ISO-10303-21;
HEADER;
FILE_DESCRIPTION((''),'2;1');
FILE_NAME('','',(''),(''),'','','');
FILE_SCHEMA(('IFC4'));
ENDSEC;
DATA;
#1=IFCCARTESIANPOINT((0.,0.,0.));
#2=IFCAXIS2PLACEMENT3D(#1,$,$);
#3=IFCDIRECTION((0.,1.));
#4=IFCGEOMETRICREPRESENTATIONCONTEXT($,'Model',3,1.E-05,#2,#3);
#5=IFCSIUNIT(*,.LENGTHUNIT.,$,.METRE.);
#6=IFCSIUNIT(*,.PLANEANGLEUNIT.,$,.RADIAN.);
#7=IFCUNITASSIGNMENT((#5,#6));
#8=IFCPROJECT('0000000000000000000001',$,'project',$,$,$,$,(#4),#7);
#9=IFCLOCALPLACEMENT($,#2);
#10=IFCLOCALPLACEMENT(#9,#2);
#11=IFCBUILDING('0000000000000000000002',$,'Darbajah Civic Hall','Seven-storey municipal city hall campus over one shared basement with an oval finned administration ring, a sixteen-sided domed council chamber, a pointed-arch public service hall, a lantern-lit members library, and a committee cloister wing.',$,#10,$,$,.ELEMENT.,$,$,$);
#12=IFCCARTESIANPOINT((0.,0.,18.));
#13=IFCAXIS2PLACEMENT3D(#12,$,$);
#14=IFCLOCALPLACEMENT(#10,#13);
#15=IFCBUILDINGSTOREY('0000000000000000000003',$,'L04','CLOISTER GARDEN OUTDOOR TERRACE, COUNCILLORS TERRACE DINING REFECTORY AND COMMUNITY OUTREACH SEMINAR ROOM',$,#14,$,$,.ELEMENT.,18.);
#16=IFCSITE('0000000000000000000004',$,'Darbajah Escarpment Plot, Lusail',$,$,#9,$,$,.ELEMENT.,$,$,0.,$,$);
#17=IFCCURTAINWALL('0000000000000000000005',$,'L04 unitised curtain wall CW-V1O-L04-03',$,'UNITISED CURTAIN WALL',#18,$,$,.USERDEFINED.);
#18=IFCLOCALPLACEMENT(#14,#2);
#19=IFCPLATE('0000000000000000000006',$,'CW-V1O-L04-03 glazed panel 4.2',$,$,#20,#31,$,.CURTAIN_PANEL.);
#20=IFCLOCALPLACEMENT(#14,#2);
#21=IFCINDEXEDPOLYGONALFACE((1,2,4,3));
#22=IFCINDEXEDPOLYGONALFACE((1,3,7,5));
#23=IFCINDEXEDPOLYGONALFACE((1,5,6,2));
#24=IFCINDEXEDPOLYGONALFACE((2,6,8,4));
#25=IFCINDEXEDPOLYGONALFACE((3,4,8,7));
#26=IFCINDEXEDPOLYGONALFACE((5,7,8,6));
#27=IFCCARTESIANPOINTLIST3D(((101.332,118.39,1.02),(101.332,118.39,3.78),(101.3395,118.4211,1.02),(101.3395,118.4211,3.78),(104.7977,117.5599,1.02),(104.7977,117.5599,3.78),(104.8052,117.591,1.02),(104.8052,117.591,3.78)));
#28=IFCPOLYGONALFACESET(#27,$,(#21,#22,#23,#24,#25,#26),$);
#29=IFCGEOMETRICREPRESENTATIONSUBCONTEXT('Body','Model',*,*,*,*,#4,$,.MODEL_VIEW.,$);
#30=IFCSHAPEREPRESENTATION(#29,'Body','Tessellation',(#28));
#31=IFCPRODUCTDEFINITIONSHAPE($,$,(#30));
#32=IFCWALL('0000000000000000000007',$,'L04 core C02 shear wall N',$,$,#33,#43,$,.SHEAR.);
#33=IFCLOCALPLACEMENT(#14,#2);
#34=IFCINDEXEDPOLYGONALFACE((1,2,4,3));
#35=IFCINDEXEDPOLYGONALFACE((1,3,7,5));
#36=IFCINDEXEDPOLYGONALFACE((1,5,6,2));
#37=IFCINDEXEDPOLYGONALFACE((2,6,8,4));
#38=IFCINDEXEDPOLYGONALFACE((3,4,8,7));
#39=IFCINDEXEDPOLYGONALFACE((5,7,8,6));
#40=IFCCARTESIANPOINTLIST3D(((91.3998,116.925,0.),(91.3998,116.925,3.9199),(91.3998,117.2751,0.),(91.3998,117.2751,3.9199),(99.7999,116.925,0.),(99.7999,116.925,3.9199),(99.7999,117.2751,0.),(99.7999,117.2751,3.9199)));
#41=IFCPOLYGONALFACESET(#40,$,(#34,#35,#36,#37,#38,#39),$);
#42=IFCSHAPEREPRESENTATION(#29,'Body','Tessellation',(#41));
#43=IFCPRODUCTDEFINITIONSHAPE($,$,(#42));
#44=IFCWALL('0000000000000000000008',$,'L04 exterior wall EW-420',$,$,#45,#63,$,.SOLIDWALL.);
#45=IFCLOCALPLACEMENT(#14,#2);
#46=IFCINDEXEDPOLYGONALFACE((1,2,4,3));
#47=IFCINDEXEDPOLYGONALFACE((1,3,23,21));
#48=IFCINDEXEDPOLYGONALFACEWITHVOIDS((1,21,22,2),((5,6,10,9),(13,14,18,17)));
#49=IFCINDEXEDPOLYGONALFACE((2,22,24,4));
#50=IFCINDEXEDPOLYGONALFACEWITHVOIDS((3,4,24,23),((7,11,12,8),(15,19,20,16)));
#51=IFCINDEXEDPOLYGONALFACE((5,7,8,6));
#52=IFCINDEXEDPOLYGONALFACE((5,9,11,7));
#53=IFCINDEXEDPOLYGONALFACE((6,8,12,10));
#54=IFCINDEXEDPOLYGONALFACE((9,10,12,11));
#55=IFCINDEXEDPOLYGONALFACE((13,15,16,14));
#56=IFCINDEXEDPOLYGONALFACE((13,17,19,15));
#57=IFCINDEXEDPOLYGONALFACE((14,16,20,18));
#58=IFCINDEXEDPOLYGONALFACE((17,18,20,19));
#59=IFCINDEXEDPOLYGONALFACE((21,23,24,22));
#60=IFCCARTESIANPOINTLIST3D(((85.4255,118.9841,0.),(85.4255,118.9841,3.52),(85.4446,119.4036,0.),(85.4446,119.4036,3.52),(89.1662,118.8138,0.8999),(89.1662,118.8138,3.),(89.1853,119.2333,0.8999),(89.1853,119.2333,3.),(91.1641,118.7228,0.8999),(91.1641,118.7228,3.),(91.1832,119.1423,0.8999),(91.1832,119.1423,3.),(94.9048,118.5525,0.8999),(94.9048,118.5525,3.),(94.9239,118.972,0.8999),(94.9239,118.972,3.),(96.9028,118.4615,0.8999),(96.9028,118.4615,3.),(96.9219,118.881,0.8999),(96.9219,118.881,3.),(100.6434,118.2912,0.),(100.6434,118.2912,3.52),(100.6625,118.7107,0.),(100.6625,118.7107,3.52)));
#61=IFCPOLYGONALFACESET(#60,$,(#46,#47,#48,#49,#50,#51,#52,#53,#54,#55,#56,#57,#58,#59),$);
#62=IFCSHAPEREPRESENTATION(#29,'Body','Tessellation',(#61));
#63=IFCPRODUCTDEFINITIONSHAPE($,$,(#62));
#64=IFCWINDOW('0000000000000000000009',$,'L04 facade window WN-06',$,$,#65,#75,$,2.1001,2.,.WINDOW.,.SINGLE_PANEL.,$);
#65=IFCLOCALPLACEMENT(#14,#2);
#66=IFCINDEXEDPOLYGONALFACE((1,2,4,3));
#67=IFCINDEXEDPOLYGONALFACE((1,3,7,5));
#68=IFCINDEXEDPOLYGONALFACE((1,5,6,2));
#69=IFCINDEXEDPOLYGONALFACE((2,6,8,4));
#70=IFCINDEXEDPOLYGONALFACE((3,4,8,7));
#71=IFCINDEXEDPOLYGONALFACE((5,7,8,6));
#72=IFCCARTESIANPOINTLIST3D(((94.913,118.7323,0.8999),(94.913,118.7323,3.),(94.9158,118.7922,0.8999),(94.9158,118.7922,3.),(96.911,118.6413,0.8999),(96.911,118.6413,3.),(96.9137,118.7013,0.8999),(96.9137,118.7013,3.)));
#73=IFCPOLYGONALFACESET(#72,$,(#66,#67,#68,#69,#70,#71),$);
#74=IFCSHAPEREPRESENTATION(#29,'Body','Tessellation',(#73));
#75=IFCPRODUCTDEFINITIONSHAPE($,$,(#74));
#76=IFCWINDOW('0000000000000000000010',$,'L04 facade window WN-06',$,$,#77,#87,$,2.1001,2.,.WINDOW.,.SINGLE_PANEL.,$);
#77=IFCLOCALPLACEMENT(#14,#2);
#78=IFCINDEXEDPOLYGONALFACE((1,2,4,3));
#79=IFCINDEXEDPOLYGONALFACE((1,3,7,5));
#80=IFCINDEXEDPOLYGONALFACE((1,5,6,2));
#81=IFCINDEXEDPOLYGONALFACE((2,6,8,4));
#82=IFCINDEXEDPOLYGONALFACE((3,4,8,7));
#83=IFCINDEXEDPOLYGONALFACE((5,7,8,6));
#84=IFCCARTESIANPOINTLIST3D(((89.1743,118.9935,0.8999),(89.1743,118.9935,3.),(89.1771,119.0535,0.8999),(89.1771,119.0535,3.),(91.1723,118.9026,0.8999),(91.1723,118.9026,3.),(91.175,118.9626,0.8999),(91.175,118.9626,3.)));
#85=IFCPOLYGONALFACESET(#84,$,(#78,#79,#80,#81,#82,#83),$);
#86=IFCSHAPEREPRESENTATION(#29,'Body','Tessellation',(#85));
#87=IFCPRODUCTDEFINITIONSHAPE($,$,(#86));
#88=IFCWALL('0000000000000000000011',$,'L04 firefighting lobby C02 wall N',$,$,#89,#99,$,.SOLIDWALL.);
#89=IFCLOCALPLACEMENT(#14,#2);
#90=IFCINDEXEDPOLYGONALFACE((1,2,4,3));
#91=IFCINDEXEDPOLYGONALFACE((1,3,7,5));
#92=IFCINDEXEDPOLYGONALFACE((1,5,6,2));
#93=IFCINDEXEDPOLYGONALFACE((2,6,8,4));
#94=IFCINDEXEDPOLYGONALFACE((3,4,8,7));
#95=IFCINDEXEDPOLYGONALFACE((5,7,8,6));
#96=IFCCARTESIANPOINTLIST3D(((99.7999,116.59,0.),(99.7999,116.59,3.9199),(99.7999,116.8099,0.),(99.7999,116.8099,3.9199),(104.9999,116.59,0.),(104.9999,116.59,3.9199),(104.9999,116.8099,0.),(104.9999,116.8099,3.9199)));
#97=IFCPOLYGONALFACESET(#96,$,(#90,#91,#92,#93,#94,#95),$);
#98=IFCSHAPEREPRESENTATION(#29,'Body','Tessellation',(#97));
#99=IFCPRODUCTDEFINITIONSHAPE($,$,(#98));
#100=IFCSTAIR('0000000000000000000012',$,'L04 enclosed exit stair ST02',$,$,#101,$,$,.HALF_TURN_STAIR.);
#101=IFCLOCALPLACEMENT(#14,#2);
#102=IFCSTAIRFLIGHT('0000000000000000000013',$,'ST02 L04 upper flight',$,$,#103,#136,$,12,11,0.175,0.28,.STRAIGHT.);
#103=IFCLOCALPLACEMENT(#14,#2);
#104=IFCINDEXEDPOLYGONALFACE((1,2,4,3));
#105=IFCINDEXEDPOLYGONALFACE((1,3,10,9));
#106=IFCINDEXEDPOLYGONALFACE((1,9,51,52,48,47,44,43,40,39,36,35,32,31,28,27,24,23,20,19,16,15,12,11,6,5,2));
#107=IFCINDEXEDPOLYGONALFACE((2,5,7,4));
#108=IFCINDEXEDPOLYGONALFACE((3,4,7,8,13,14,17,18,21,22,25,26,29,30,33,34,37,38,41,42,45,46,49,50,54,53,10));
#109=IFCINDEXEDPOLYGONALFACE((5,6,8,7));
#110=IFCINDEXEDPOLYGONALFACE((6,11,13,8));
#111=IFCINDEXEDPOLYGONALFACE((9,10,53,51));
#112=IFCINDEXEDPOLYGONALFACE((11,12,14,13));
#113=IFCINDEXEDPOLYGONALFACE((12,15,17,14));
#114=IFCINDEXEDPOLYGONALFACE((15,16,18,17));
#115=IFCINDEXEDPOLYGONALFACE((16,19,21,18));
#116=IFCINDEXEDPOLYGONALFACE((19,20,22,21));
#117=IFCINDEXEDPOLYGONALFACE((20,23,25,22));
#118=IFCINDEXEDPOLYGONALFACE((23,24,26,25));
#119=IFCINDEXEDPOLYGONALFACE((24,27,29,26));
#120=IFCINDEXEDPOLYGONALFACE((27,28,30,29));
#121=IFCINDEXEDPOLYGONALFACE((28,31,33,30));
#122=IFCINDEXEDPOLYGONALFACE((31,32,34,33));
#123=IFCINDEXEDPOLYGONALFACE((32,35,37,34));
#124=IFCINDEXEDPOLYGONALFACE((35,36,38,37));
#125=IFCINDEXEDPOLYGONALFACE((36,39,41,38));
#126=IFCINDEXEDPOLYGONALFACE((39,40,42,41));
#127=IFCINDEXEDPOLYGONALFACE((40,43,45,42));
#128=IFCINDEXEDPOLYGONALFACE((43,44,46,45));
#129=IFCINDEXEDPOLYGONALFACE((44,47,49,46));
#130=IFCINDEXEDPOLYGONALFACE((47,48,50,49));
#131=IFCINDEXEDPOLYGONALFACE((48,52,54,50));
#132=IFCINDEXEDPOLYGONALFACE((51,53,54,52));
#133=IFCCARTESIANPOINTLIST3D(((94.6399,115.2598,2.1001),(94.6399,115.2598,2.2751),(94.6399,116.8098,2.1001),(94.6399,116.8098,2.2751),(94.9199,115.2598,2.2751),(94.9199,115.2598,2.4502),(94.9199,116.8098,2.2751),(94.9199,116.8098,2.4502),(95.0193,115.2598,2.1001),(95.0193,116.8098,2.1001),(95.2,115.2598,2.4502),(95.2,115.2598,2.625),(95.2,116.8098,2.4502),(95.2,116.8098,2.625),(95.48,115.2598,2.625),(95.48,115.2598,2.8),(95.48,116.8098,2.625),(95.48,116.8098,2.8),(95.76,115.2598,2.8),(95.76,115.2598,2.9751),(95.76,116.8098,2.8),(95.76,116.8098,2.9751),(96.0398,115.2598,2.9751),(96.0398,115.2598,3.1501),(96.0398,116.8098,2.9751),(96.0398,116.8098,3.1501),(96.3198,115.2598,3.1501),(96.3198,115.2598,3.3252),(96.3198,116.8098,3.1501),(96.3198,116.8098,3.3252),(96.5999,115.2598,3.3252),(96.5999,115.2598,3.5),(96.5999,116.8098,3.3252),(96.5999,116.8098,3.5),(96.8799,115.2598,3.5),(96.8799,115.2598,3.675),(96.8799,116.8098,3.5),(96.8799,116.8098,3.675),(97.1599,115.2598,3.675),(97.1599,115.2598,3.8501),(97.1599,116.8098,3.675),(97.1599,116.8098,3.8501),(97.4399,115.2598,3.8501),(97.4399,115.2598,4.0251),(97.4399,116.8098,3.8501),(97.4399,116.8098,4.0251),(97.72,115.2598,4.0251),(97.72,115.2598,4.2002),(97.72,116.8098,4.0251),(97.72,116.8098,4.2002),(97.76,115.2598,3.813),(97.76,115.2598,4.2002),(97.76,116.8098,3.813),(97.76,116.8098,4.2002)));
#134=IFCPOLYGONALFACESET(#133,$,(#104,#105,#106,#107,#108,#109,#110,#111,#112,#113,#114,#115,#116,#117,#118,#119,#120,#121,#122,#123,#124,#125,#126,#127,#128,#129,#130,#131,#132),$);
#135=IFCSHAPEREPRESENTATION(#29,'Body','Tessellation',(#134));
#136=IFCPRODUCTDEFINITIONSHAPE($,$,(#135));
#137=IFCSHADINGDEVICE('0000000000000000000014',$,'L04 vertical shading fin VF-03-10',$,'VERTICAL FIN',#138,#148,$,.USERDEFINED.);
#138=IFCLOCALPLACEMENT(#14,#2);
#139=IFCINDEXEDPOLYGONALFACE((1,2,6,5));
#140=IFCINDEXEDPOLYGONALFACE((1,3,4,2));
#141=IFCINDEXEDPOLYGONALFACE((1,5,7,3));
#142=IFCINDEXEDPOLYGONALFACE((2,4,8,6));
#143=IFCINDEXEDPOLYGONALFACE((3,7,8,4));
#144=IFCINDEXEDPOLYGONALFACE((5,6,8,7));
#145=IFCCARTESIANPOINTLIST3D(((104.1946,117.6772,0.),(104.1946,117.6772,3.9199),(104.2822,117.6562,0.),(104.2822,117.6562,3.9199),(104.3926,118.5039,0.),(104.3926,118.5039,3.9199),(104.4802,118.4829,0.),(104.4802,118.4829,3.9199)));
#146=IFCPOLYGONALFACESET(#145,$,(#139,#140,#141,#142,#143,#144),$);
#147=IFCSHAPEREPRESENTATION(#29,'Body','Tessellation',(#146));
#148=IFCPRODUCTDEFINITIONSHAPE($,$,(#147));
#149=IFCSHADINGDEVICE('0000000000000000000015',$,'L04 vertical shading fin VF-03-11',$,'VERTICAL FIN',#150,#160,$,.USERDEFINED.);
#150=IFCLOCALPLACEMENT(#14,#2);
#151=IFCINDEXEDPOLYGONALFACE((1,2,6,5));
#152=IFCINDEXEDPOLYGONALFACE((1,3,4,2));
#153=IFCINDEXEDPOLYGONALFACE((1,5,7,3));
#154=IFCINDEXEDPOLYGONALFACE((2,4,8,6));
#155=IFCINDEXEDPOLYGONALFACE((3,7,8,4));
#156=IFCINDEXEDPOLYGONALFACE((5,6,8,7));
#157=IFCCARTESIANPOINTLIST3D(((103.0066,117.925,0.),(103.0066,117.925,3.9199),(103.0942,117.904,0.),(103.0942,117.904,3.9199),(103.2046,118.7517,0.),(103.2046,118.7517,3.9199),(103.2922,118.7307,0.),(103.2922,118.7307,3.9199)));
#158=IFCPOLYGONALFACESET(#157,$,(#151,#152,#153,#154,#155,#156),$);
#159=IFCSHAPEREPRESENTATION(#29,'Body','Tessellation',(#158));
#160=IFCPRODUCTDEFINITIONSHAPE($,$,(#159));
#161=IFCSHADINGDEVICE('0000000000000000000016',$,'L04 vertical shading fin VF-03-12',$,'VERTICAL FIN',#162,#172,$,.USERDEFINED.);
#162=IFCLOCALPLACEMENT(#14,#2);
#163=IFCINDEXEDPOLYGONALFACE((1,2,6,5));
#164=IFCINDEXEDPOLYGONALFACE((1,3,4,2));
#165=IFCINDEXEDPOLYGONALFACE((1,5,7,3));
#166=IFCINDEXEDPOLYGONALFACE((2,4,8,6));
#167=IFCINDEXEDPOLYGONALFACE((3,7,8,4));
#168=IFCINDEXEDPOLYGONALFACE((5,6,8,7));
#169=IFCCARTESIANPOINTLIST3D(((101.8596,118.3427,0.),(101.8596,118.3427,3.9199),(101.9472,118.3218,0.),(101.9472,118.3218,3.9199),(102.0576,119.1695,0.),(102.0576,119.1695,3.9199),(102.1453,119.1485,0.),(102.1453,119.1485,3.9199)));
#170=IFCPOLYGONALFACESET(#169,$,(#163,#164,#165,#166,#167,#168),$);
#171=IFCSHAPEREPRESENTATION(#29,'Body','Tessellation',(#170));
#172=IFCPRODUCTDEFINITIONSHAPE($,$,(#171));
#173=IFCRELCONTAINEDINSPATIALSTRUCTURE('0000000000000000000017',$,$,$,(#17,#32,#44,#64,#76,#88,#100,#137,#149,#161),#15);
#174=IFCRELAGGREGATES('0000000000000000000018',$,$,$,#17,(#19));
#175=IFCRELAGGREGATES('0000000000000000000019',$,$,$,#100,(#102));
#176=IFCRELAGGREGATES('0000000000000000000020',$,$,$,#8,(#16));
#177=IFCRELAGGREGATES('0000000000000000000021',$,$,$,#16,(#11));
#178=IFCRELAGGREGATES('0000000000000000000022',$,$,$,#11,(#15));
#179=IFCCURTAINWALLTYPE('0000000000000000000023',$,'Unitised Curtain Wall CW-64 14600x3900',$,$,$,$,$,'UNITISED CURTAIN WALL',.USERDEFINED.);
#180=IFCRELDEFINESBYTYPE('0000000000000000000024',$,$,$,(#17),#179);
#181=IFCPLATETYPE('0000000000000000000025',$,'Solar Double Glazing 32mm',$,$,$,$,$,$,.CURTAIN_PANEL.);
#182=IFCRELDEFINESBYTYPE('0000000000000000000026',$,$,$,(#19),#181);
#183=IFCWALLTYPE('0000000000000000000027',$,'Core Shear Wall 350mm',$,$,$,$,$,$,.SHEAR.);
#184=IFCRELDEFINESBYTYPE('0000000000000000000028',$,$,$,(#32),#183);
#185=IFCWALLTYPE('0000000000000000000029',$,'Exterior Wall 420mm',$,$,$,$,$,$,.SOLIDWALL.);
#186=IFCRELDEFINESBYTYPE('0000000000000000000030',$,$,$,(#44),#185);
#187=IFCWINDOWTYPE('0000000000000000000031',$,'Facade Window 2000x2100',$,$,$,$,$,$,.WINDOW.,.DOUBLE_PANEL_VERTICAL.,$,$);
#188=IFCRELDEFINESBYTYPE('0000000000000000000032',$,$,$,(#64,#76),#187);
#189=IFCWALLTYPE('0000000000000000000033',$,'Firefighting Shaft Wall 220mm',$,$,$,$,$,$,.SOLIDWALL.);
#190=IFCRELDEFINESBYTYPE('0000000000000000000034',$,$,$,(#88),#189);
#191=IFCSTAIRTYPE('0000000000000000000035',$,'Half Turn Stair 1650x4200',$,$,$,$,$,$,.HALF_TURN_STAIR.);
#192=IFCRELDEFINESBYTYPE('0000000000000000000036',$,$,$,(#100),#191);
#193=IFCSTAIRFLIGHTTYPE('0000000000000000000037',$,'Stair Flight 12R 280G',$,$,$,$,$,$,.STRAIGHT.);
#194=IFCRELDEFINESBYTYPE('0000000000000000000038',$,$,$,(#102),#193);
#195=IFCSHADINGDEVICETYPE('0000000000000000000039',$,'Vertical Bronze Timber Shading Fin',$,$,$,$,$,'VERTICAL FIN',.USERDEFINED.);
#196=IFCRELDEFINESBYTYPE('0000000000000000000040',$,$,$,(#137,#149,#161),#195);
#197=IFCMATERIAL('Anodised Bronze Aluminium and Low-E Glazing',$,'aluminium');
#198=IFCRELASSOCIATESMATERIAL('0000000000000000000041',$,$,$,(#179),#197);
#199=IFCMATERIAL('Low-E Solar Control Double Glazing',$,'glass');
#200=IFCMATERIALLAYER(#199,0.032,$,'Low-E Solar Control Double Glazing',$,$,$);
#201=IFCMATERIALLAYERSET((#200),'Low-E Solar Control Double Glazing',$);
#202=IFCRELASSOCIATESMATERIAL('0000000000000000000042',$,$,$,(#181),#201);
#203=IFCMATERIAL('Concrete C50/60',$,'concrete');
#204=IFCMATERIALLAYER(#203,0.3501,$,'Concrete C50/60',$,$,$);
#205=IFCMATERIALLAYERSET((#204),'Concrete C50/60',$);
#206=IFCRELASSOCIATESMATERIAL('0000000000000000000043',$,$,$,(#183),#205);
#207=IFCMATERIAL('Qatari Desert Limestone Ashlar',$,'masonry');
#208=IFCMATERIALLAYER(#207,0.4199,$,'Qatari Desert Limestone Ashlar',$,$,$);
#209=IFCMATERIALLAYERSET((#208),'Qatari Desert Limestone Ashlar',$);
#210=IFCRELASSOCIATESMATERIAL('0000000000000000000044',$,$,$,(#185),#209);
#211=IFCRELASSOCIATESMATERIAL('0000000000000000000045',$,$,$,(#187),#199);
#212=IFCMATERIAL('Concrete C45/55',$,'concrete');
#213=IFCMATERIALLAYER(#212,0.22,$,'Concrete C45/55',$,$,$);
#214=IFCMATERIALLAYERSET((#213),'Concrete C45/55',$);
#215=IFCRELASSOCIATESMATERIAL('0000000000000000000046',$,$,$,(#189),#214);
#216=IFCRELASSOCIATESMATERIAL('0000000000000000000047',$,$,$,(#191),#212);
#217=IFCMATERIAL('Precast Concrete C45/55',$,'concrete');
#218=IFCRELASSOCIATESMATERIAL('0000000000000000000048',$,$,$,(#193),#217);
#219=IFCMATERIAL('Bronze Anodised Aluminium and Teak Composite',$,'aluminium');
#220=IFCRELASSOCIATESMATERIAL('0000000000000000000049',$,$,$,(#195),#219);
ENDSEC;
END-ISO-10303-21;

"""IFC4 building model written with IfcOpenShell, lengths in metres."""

from ifc_helpers import new_model, si_unit, direction, frame, frame_2d, origin, origin_2d, place, context, subcontext, project, spatial, polyline, rectangle, outline, extrude, material, layer, layer_set, type_object, element, fill, aggregate, save


model = new_model("IFC4")

# Units and contexts
model_context = context("Model", 3, precision=1e-05, world=origin(), true_north=direction((0.0, 1.0)))
body_context = subcontext(model_context, "Body", "Model", "MODEL_VIEW")
ifc_project = project(units=[si_unit("LENGTHUNIT", "METRE"), si_unit("PLANEANGLEUNIT", "RADIAN")], contexts=[model_context])

# Site, building, storey
site_placement = place(None, origin())
site = spatial("IfcSite", under=ifc_project, at=site_placement, Name="Darbajah Escarpment Plot, Lusail", CompositionType="ELEMENT", RefElevation=0.0)
building_placement = place(site_placement, origin())
building = spatial("IfcBuilding", under=site, at=building_placement, Name="Darbajah Civic Hall", Description="Seven-storey municipal city hall campus over one shared basement with an oval finned administration ring, a sixteen-sided domed council chamber, a pointed-arch public service hall, a lantern-lit members library, and a committee cloister wing.", CompositionType="ELEMENT")
storey_placement = place(building_placement, frame((0.0, 0.0, 18.0)))
storey = spatial("IfcBuildingStorey", under=building, at=storey_placement, Name="L04", Description="CLOISTER GARDEN OUTDOOR TERRACE, COUNCILLORS TERRACE DINING REFECTORY AND COMMUNITY OUTREACH SEMINAR ROOM", CompositionType="ELEMENT", Elevation=18.0)

# Shared definitions
ifc_material_1 = material(Name="Concrete C45/55", Category="concrete")

# Curtain wall
ifc_material_2 = material(Name="Anodised Bronze Aluminium and Low-E Glazing", Category="aluminium")
curtain_wall_type = type_object("IfcCurtainWallType", Name="Unitised Curtain Wall CW-64 14600x3900", ElementType="UNITISED CURTAIN WALL", PredefinedType="USERDEFINED", material=ifc_material_2)
curtain_wall_placement = place(storey_placement, origin())
curtain_wall = element("IfcCurtainWall", 1, at=curtain_wall_placement, inside=storey, type_object=curtain_wall_type, Name="L04 unitised curtain wall CW-V1O-L04-03", ObjectType="UNITISED CURTAIN WALL", PredefinedType="USERDEFINED")

# Plate
ifc_material_3 = material(Name="Low-E Solar Control Double Glazing", Category="glass")
ifc_layer_1 = layer(ifc_material_3, 0.032, Name="Low-E Solar Control Double Glazing")
ifc_layer_set_1 = layer_set([ifc_layer_1], Name="Low-E Solar Control Double Glazing")
plate_type = type_object("IfcPlateType", Name="Solar Double Glazing 32mm", PredefinedType="CURTAIN_PANEL", material=ifc_layer_set_1)
plate_1_placement = place(storey_placement, frame((103.0686, 117.9905, 1.02), z_axis=(0.0, 0.0, 1.0), x_axis=(-0.972492, 0.232936, 0.0)))
plate_1 = element("IfcPlate", 2, at=plate_1_placement, type_object=plate_type, Name="CW-V1O-L04-03 glazed panel 4.2", PredefinedType="CURTAIN_PANEL", context=body_context, shape_type="SweptSolid", body=[
    extrude(rectangle(XDim=3.5637, YDim=0.032, at=origin_2d()), origin(), (0.0, 0.0, 1.0), 2.76),
])
aggregate(curtain_wall, [plate_1])

# Wall
ifc_material_4 = material(Name="Concrete C50/60", Category="concrete")
ifc_layer_2 = layer(ifc_material_4, 0.3501, Name="Concrete C50/60")
ifc_layer_set_2 = layer_set([ifc_layer_2], Name="Concrete C50/60")
wall_type_1 = type_object("IfcWallType", Name="Core Shear Wall 350mm", PredefinedType="SHEAR", material=ifc_layer_set_2)
wall_1_placement = place(storey_placement, frame((99.8, 117.1001, 0.0), z_axis=(0.0, 0.0, 1.0), x_axis=(-1.0, 0.0, 0.0)))
element("IfcWall", 3, at=wall_1_placement, inside=storey, type_object=wall_type_1, Name="L04 core C02 shear wall N", PredefinedType="SHEAR", context=body_context, shape_type="SweptSolid", body=[
    extrude(rectangle(XDim=8.4001, YDim=0.3501, at=frame_2d((4.2002, 0.0))), origin(), (0.0, 0.0, 1.0), 3.9199),
])

# Wall, openings, windows
ifc_material_5 = material(Name="Qatari Desert Limestone Ashlar", Category="masonry")
ifc_layer_3 = layer(ifc_material_5, 0.4199, Name="Qatari Desert Limestone Ashlar")
ifc_layer_set_3 = layer_set([ifc_layer_3], Name="Qatari Desert Limestone Ashlar")
wall_type_2 = type_object("IfcWallType", Name="Exterior Wall 420mm", PredefinedType="SOLIDWALL", material=ifc_layer_set_3)
wall_2_placement = place(storey_placement, frame((100.6528, 118.501, 0.0), z_axis=(0.0, 0.0, 1.0), x_axis=(-0.998965, 0.045483, 0.0)))
wall_2 = element("IfcWall", 4, at=wall_2_placement, inside=storey, type_object=wall_type_2, Name="L04 exterior wall EW-420", PredefinedType="SOLIDWALL", context=body_context, shape_type="SweptSolid", body=[
    extrude(rectangle(XDim=15.2336, YDim=0.4199, at=frame_2d((7.6167, 0.0))), origin(), (0.0, 0.0, 1.0), 3.52),
])
opening_1_placement = place(wall_2_placement, frame((3.7444, 0.0, 0.8999)))
opening_1 = element("IfcOpeningElement", 5, at=opening_1_placement, cuts=wall_2, PredefinedType="OPENING", context=body_context, shape_type="SweptSolid", body=[
    extrude(rectangle(XDim=2.0, YDim=2.1001, at=frame_2d((1.0, 1.05))), frame((0.0, 0.22, 0.0), z_axis=(0.0, -1.0, 0.0), x_axis=(1.0, 0.0, 0.0)), (0.0, 0.0, 1.0), 0.4399),
])
opening_2_placement = place(wall_2_placement, frame((9.489, 0.0, 0.8999)))
opening_2 = element("IfcOpeningElement", 6, at=opening_2_placement, cuts=wall_2, PredefinedType="OPENING", context=body_context, shape_type="SweptSolid", body=[
    extrude(rectangle(XDim=2.0, YDim=2.1001, at=frame_2d((1.0, 1.05))), frame((0.0, 0.22, 0.0), z_axis=(0.0, -1.0, 0.0), x_axis=(1.0, 0.0, 0.0)), (0.0, 0.0, 1.0), 0.4399),
])
window_type = type_object("IfcWindowType", Name="Facade Window 2000x2100", PartitioningType="DOUBLE_PANEL_VERTICAL", PredefinedType="WINDOW", material=ifc_material_3)
window_1_placement = place(opening_1_placement, origin())
window_1 = element("IfcWindow", 7, at=window_1_placement, inside=storey, type_object=window_type, Name="L04 facade window WN-06", OverallHeight=2.1001, OverallWidth=2.0, PartitioningType="SINGLE_PANEL", PredefinedType="WINDOW", context=body_context, shape_type="SweptSolid", body=[
    extrude(rectangle(XDim=2.0, YDim=2.1001, at=frame_2d((1.0, 1.05))), frame((0.0, 0.03, 0.0), z_axis=(0.0, -1.0, 0.0), x_axis=(1.0, 0.0, 0.0)), (0.0, 0.0, 1.0), 0.0601),
])
fill(opening_1, window_1)
window_2_placement = place(opening_2_placement, origin())
window_2 = element("IfcWindow", 8, at=window_2_placement, inside=storey, type_object=window_type, Name="L04 facade window WN-06", OverallHeight=2.1001, OverallWidth=2.0, PartitioningType="SINGLE_PANEL", PredefinedType="WINDOW", context=body_context, shape_type="SweptSolid", body=[
    extrude(rectangle(XDim=2.0, YDim=2.1001, at=frame_2d((1.0, 1.05))), frame((0.0, 0.03, 0.0), z_axis=(0.0, -1.0, 0.0), x_axis=(1.0, 0.0, 0.0)), (0.0, 0.0, 1.0), 0.0601),
])
fill(opening_2, window_2)

# Wall
ifc_layer_4 = layer(ifc_material_1, 0.22, Name="Concrete C45/55")
ifc_layer_set_4 = layer_set([ifc_layer_4], Name="Concrete C45/55")
wall_type_3 = type_object("IfcWallType", Name="Firefighting Shaft Wall 220mm", PredefinedType="SOLIDWALL", material=ifc_layer_set_4)
wall_3_placement = place(storey_placement, frame((105.0, 116.7, 0.0), z_axis=(0.0, 0.0, 1.0), x_axis=(-1.0, 0.0, 0.0)))
element("IfcWall", 9, at=wall_3_placement, inside=storey, type_object=wall_type_3, Name="L04 firefighting lobby C02 wall N", PredefinedType="SOLIDWALL", context=body_context, shape_type="SweptSolid", body=[
    extrude(rectangle(XDim=5.2, YDim=0.22, at=frame_2d((2.6001, 0.0))), origin(), (0.0, 0.0, 1.0), 3.9199),
])

# Stair, stair flight
stair_type = type_object("IfcStairType", Name="Half Turn Stair 1650x4200", PredefinedType="HALF_TURN_STAIR", material=ifc_material_1)
stair_placement = place(storey_placement, origin())
stair = element("IfcStair", 10, at=stair_placement, inside=storey, type_object=stair_type, Name="L04 enclosed exit stair ST02", PredefinedType="HALF_TURN_STAIR")
ifc_material_6 = material(Name="Precast Concrete C45/55", Category="concrete")
stair_flight_type = type_object("IfcStairFlightType", Name="Stair Flight 12R 280G", PredefinedType="STRAIGHT", material=ifc_material_6)
stair_flight_placement = place(storey_placement, frame((94.6399, 116.0349, 2.1001), z_axis=(0.0, 0.0, 1.0), x_axis=(1.0, 0.0, 0.0)))
stair_flight = element("IfcStairFlight", 11, at=stair_flight_placement, type_object=stair_flight_type, Name="ST02 L04 upper flight", NumberOfRisers=12, NumberOfTreads=11, PredefinedType="STRAIGHT", RiserHeight=0.175, TreadLength=0.28, context=body_context, shape_type="SweptSolid", body=[
    extrude(outline(polyline([(0.0, 0.0), (0.0, 0.175), (0.28, 0.175), (0.28, 0.3501), (0.5601, 0.3501), (0.5601, 0.5249), (0.8401, 0.5249), (0.8401, 0.7), (1.1201, 0.7), (1.1201, 0.875), (1.3999, 0.875), (1.3999, 1.05), (1.6799, 1.05), (1.6799, 1.2251), (1.96, 1.2251), (1.96, 1.3999), (2.24, 1.3999), (2.24, 1.575), (2.52, 1.575), (2.52, 1.75), (2.8, 1.75), (2.8, 1.925), (3.0801, 1.925), (3.0801, 2.1001), (3.1201, 2.1001), (3.1201, 1.7129), (0.3794, 0.0), (0.0, 0.0)])), frame((0.0, 0.7749, 0.0), z_axis=(0.0, -1.0, 0.0), x_axis=(1.0, 0.0, 0.0)), (0.0, 0.0, 1.0), 1.55),
])
aggregate(stair, [stair_flight])

# Shading devices
ifc_material_7 = material(Name="Bronze Anodised Aluminium and Teak Composite", Category="aluminium")
shading_device_type = type_object("IfcShadingDeviceType", Name="Vertical Bronze Timber Shading Fin", ElementType="VERTICAL FIN", PredefinedType="USERDEFINED", material=ifc_material_7)
for number, where, z_axis, x_axis, name in (
    (12, (104.3374, 118.0801, 0.0), (0.0, 0.0, 1.0), (0.232936, 0.972492, 0.0), "L04 vertical shading fin VF-03-10"),
    (13, (103.1494, 118.3279, 0.0), (0.0, 0.0, 1.0), (0.232936, 0.972492, 0.0), "L04 vertical shading fin VF-03-11"),
    (14, (102.0024, 118.7456, 0.0), (0.0, 0.0, 1.0), (0.232936, 0.972492, 0.0), "L04 vertical shading fin VF-03-12"),
):
    element("IfcShadingDevice", number, at=place(storey_placement, frame(where, z_axis=z_axis, x_axis=x_axis)), inside=storey, type_object=shading_device_type, Name=name, ObjectType="VERTICAL FIN", PredefinedType="USERDEFINED", context=body_context, shape_type="SweptSolid", body=[
        extrude(rectangle(XDim=0.8501, YDim=0.0901, at=origin_2d()), origin(), (0.0, 0.0, 1.0), 3.9199),
    ])

save(model, "model.ifc")
